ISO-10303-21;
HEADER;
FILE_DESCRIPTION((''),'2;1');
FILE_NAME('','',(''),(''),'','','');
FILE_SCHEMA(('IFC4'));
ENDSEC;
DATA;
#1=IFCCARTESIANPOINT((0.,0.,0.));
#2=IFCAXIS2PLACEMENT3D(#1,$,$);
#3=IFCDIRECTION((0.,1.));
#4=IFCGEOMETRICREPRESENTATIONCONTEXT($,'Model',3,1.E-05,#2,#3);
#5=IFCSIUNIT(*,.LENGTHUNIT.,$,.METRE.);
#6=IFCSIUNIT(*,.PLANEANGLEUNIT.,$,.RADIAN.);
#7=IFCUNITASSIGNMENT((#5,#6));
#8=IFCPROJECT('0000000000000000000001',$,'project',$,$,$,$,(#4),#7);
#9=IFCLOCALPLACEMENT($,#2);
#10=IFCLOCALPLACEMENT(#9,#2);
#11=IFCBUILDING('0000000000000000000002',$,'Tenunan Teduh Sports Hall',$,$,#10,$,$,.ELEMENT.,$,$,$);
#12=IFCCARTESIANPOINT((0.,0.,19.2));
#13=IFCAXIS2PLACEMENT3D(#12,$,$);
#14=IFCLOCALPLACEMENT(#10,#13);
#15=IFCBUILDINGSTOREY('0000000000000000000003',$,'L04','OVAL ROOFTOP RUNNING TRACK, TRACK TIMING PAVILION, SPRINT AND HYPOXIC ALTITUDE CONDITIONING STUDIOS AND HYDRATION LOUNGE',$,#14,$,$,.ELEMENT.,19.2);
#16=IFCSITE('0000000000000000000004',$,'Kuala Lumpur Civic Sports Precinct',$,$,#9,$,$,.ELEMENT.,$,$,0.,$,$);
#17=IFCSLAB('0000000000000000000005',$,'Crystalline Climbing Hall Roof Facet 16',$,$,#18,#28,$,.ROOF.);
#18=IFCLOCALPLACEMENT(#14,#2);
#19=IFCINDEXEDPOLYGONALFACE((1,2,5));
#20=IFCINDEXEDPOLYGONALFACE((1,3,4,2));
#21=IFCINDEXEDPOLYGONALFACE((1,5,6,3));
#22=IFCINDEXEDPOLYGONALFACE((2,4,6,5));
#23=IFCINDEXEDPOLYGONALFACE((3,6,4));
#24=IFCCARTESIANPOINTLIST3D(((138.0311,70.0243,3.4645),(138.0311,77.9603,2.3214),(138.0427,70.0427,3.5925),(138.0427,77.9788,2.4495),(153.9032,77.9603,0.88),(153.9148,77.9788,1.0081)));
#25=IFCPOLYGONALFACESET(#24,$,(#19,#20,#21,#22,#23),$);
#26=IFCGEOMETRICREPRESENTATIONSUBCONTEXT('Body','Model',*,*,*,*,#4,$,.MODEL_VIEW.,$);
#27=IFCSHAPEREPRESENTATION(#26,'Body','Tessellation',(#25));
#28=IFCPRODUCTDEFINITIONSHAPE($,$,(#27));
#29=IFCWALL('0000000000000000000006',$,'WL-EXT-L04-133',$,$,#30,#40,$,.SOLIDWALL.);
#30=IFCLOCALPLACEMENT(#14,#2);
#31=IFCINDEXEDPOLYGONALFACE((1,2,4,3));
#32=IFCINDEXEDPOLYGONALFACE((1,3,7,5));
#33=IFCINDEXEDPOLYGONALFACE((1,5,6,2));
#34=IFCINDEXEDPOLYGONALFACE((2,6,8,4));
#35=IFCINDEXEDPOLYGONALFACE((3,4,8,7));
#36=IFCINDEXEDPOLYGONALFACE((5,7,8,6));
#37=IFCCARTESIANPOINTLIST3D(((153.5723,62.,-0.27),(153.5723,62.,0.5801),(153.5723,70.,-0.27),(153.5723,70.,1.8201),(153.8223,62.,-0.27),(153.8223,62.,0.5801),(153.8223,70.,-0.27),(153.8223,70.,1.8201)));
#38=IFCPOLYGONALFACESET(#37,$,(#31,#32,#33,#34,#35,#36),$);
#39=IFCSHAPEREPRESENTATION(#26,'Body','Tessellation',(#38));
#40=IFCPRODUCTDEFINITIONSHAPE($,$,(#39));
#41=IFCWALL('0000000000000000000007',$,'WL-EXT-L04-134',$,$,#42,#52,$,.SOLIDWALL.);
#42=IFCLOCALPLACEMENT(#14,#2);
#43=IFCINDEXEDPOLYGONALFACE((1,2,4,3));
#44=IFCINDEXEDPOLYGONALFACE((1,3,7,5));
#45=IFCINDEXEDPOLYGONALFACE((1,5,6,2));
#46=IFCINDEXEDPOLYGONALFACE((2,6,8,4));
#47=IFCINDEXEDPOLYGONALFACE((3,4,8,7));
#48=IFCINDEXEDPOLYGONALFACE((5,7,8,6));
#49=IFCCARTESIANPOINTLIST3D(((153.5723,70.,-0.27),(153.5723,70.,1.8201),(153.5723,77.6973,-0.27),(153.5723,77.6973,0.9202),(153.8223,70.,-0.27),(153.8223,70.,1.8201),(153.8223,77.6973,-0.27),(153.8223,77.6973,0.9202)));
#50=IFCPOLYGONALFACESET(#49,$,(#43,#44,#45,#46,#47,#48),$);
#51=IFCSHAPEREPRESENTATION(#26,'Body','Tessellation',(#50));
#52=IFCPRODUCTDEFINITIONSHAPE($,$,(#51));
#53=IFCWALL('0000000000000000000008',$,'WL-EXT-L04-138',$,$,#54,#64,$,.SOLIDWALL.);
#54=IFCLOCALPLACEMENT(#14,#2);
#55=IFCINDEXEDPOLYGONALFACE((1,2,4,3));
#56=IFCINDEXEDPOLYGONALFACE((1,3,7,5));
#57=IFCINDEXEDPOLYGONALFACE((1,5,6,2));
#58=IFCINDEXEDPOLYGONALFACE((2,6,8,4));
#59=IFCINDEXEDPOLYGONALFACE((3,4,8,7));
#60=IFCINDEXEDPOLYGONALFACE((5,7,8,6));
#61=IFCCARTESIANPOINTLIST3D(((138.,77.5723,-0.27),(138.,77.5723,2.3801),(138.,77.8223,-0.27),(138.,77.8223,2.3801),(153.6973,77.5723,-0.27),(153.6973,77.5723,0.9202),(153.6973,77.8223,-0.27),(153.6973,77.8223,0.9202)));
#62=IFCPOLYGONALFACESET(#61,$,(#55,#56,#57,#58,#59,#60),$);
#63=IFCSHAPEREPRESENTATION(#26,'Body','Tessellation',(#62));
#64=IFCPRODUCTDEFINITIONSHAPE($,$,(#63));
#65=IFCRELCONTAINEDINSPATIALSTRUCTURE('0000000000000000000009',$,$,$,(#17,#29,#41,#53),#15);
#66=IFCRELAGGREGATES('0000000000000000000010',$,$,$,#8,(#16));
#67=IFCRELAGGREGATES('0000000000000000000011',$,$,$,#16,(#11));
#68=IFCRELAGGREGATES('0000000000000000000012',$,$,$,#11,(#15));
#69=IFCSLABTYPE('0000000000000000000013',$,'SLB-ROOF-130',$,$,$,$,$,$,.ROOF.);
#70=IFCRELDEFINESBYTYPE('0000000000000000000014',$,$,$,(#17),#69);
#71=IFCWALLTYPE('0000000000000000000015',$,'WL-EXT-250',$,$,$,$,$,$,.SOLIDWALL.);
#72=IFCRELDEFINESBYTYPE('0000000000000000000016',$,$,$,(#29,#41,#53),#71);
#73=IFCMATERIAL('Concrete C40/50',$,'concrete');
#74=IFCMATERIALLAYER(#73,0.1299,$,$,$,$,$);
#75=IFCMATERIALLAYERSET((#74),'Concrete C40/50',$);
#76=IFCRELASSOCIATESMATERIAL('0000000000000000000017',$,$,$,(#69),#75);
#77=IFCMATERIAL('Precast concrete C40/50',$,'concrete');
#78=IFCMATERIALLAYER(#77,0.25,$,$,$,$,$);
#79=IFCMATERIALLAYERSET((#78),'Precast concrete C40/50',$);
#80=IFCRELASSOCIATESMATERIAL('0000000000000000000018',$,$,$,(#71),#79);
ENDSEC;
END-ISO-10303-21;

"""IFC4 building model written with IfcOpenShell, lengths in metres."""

from ifc_helpers import new_model, si_unit, direction, frame, origin, place, context, subcontext, project, spatial, polyline, outline, extrude, material, layer, layer_set, type_object, element, save


model = new_model("IFC4")

# Units and contexts
model_context = context("Model", 3, precision=1e-05, world=origin(), true_north=direction((0.0, 1.0)))
body_context = subcontext(model_context, "Body", "Model", "MODEL_VIEW")
ifc_project = project(units=[si_unit("LENGTHUNIT", "METRE"), si_unit("PLANEANGLEUNIT", "RADIAN")], contexts=[model_context])

# Site, building, storey
site_placement = place(None, origin())
site = spatial("IfcSite", under=ifc_project, at=site_placement, Name="Kuala Lumpur Civic Sports Precinct", CompositionType="ELEMENT", RefElevation=0.0)
building_placement = place(site_placement, origin())
building = spatial("IfcBuilding", under=site, at=building_placement, Name="Tenunan Teduh Sports Hall", CompositionType="ELEMENT")
storey_placement = place(building_placement, frame((0.0, 0.0, 19.2)))
storey = spatial("IfcBuildingStorey", under=building, at=storey_placement, Name="L04", Description="OVAL ROOFTOP RUNNING TRACK, TRACK TIMING PAVILION, SPRINT AND HYPOXIC ALTITUDE CONDITIONING STUDIOS AND HYDRATION LOUNGE", CompositionType="ELEMENT", Elevation=19.2)

# Slab
ifc_material_1 = material(Name="Concrete C40/50", Category="concrete")
ifc_layer_1 = layer(ifc_material_1, 0.1299)
ifc_layer_set_1 = layer_set([ifc_layer_1], Name="Concrete C40/50")
slab_type = type_object("IfcSlabType", Name="SLB-ROOF-130", PredefinedType="ROOF", material=ifc_layer_set_1)
slab_1_placement = place(storey_placement, frame((138.0427, 70.0427, 3.5925), z_axis=(0.089525, 0.141991, 0.985811), x_axis=(0.88509, 0.442545, -0.14412)))
element("IfcSlab", 1, at=slab_1_placement, inside=storey, type_object=slab_type, Name="Crystalline Climbing Hall Roof Facet 16", PredefinedType="ROOF", context=body_context, shape_type="SweptSolid", body=[
    extrude(outline(polyline([(0.0, 0.0), (17.9327, 0.0), (3.6768, 7.1252), (0.0, 0.0)])), origin(), (0.0, 0.0, -1.0), 0.1299),
])

# Walls
ifc_material_2 = material(Name="Precast concrete C40/50", Category="concrete")
ifc_layer_2 = layer(ifc_material_2, 0.25)
ifc_layer_set_2 = layer_set([ifc_layer_2], Name="Precast concrete C40/50")
wall_type = type_object("IfcWallType", Name="WL-EXT-250", PredefinedType="SOLIDWALL", material=ifc_layer_set_2)
wall_1_placement = place(storey_placement, frame((153.6973, 62.0, -0.27), z_axis=(0.0, 0.0, 1.0), x_axis=(0.0, 1.0, 0.0)))
element("IfcWall", 2, at=wall_1_placement, inside=storey, type_object=wall_type, Name="WL-EXT-L04-133", PredefinedType="SOLIDWALL", context=body_context, shape_type="SweptSolid", body=[
    extrude(outline(polyline([(0.0, 0.0), (8.0, 0.0), (8.0, 2.0901), (0.0, 0.8501), (0.0, 0.0)])), frame((0.0, 0.125, 0.0), z_axis=(0.0, -1.0, 0.0), x_axis=(1.0, 0.0, 0.0)), (0.0, 0.0, 1.0), 0.25),
])
wall_2_placement = place(storey_placement, frame((153.6973, 70.0, -0.27), z_axis=(0.0, 0.0, 1.0), x_axis=(0.0, 1.0, 0.0)))
element("IfcWall", 3, at=wall_2_placement, inside=storey, type_object=wall_type, Name="WL-EXT-L04-134", PredefinedType="SOLIDWALL", context=body_context, shape_type="SweptSolid", body=[
    extrude(outline(polyline([(0.0, 0.0), (7.6973, 0.0), (7.6973, 1.1902), (0.0, 2.0901), (0.0, 0.0)])), frame((0.0, 0.125, 0.0), z_axis=(0.0, -1.0, 0.0), x_axis=(1.0, 0.0, 0.0)), (0.0, 0.0, 1.0), 0.25),
])
wall_3_placement = place(storey_placement, frame((138.0, 77.6973, -0.27), z_axis=(0.0, 0.0, 1.0), x_axis=(1.0, 0.0, 0.0)))
element("IfcWall", 4, at=wall_3_placement, inside=storey, type_object=wall_type, Name="WL-EXT-L04-138", PredefinedType="SOLIDWALL", context=body_context, shape_type="SweptSolid", body=[
    extrude(outline(polyline([(0.0, 0.0), (15.6973, 0.0), (15.6973, 1.1902), (0.0, 2.6501), (0.0, 0.0)])), frame((0.0, 0.125, 0.0), z_axis=(0.0, -1.0, 0.0), x_axis=(1.0, 0.0, 0.0)), (0.0, 0.0, 1.0), 0.25),
])

save(model, "model.ifc")
